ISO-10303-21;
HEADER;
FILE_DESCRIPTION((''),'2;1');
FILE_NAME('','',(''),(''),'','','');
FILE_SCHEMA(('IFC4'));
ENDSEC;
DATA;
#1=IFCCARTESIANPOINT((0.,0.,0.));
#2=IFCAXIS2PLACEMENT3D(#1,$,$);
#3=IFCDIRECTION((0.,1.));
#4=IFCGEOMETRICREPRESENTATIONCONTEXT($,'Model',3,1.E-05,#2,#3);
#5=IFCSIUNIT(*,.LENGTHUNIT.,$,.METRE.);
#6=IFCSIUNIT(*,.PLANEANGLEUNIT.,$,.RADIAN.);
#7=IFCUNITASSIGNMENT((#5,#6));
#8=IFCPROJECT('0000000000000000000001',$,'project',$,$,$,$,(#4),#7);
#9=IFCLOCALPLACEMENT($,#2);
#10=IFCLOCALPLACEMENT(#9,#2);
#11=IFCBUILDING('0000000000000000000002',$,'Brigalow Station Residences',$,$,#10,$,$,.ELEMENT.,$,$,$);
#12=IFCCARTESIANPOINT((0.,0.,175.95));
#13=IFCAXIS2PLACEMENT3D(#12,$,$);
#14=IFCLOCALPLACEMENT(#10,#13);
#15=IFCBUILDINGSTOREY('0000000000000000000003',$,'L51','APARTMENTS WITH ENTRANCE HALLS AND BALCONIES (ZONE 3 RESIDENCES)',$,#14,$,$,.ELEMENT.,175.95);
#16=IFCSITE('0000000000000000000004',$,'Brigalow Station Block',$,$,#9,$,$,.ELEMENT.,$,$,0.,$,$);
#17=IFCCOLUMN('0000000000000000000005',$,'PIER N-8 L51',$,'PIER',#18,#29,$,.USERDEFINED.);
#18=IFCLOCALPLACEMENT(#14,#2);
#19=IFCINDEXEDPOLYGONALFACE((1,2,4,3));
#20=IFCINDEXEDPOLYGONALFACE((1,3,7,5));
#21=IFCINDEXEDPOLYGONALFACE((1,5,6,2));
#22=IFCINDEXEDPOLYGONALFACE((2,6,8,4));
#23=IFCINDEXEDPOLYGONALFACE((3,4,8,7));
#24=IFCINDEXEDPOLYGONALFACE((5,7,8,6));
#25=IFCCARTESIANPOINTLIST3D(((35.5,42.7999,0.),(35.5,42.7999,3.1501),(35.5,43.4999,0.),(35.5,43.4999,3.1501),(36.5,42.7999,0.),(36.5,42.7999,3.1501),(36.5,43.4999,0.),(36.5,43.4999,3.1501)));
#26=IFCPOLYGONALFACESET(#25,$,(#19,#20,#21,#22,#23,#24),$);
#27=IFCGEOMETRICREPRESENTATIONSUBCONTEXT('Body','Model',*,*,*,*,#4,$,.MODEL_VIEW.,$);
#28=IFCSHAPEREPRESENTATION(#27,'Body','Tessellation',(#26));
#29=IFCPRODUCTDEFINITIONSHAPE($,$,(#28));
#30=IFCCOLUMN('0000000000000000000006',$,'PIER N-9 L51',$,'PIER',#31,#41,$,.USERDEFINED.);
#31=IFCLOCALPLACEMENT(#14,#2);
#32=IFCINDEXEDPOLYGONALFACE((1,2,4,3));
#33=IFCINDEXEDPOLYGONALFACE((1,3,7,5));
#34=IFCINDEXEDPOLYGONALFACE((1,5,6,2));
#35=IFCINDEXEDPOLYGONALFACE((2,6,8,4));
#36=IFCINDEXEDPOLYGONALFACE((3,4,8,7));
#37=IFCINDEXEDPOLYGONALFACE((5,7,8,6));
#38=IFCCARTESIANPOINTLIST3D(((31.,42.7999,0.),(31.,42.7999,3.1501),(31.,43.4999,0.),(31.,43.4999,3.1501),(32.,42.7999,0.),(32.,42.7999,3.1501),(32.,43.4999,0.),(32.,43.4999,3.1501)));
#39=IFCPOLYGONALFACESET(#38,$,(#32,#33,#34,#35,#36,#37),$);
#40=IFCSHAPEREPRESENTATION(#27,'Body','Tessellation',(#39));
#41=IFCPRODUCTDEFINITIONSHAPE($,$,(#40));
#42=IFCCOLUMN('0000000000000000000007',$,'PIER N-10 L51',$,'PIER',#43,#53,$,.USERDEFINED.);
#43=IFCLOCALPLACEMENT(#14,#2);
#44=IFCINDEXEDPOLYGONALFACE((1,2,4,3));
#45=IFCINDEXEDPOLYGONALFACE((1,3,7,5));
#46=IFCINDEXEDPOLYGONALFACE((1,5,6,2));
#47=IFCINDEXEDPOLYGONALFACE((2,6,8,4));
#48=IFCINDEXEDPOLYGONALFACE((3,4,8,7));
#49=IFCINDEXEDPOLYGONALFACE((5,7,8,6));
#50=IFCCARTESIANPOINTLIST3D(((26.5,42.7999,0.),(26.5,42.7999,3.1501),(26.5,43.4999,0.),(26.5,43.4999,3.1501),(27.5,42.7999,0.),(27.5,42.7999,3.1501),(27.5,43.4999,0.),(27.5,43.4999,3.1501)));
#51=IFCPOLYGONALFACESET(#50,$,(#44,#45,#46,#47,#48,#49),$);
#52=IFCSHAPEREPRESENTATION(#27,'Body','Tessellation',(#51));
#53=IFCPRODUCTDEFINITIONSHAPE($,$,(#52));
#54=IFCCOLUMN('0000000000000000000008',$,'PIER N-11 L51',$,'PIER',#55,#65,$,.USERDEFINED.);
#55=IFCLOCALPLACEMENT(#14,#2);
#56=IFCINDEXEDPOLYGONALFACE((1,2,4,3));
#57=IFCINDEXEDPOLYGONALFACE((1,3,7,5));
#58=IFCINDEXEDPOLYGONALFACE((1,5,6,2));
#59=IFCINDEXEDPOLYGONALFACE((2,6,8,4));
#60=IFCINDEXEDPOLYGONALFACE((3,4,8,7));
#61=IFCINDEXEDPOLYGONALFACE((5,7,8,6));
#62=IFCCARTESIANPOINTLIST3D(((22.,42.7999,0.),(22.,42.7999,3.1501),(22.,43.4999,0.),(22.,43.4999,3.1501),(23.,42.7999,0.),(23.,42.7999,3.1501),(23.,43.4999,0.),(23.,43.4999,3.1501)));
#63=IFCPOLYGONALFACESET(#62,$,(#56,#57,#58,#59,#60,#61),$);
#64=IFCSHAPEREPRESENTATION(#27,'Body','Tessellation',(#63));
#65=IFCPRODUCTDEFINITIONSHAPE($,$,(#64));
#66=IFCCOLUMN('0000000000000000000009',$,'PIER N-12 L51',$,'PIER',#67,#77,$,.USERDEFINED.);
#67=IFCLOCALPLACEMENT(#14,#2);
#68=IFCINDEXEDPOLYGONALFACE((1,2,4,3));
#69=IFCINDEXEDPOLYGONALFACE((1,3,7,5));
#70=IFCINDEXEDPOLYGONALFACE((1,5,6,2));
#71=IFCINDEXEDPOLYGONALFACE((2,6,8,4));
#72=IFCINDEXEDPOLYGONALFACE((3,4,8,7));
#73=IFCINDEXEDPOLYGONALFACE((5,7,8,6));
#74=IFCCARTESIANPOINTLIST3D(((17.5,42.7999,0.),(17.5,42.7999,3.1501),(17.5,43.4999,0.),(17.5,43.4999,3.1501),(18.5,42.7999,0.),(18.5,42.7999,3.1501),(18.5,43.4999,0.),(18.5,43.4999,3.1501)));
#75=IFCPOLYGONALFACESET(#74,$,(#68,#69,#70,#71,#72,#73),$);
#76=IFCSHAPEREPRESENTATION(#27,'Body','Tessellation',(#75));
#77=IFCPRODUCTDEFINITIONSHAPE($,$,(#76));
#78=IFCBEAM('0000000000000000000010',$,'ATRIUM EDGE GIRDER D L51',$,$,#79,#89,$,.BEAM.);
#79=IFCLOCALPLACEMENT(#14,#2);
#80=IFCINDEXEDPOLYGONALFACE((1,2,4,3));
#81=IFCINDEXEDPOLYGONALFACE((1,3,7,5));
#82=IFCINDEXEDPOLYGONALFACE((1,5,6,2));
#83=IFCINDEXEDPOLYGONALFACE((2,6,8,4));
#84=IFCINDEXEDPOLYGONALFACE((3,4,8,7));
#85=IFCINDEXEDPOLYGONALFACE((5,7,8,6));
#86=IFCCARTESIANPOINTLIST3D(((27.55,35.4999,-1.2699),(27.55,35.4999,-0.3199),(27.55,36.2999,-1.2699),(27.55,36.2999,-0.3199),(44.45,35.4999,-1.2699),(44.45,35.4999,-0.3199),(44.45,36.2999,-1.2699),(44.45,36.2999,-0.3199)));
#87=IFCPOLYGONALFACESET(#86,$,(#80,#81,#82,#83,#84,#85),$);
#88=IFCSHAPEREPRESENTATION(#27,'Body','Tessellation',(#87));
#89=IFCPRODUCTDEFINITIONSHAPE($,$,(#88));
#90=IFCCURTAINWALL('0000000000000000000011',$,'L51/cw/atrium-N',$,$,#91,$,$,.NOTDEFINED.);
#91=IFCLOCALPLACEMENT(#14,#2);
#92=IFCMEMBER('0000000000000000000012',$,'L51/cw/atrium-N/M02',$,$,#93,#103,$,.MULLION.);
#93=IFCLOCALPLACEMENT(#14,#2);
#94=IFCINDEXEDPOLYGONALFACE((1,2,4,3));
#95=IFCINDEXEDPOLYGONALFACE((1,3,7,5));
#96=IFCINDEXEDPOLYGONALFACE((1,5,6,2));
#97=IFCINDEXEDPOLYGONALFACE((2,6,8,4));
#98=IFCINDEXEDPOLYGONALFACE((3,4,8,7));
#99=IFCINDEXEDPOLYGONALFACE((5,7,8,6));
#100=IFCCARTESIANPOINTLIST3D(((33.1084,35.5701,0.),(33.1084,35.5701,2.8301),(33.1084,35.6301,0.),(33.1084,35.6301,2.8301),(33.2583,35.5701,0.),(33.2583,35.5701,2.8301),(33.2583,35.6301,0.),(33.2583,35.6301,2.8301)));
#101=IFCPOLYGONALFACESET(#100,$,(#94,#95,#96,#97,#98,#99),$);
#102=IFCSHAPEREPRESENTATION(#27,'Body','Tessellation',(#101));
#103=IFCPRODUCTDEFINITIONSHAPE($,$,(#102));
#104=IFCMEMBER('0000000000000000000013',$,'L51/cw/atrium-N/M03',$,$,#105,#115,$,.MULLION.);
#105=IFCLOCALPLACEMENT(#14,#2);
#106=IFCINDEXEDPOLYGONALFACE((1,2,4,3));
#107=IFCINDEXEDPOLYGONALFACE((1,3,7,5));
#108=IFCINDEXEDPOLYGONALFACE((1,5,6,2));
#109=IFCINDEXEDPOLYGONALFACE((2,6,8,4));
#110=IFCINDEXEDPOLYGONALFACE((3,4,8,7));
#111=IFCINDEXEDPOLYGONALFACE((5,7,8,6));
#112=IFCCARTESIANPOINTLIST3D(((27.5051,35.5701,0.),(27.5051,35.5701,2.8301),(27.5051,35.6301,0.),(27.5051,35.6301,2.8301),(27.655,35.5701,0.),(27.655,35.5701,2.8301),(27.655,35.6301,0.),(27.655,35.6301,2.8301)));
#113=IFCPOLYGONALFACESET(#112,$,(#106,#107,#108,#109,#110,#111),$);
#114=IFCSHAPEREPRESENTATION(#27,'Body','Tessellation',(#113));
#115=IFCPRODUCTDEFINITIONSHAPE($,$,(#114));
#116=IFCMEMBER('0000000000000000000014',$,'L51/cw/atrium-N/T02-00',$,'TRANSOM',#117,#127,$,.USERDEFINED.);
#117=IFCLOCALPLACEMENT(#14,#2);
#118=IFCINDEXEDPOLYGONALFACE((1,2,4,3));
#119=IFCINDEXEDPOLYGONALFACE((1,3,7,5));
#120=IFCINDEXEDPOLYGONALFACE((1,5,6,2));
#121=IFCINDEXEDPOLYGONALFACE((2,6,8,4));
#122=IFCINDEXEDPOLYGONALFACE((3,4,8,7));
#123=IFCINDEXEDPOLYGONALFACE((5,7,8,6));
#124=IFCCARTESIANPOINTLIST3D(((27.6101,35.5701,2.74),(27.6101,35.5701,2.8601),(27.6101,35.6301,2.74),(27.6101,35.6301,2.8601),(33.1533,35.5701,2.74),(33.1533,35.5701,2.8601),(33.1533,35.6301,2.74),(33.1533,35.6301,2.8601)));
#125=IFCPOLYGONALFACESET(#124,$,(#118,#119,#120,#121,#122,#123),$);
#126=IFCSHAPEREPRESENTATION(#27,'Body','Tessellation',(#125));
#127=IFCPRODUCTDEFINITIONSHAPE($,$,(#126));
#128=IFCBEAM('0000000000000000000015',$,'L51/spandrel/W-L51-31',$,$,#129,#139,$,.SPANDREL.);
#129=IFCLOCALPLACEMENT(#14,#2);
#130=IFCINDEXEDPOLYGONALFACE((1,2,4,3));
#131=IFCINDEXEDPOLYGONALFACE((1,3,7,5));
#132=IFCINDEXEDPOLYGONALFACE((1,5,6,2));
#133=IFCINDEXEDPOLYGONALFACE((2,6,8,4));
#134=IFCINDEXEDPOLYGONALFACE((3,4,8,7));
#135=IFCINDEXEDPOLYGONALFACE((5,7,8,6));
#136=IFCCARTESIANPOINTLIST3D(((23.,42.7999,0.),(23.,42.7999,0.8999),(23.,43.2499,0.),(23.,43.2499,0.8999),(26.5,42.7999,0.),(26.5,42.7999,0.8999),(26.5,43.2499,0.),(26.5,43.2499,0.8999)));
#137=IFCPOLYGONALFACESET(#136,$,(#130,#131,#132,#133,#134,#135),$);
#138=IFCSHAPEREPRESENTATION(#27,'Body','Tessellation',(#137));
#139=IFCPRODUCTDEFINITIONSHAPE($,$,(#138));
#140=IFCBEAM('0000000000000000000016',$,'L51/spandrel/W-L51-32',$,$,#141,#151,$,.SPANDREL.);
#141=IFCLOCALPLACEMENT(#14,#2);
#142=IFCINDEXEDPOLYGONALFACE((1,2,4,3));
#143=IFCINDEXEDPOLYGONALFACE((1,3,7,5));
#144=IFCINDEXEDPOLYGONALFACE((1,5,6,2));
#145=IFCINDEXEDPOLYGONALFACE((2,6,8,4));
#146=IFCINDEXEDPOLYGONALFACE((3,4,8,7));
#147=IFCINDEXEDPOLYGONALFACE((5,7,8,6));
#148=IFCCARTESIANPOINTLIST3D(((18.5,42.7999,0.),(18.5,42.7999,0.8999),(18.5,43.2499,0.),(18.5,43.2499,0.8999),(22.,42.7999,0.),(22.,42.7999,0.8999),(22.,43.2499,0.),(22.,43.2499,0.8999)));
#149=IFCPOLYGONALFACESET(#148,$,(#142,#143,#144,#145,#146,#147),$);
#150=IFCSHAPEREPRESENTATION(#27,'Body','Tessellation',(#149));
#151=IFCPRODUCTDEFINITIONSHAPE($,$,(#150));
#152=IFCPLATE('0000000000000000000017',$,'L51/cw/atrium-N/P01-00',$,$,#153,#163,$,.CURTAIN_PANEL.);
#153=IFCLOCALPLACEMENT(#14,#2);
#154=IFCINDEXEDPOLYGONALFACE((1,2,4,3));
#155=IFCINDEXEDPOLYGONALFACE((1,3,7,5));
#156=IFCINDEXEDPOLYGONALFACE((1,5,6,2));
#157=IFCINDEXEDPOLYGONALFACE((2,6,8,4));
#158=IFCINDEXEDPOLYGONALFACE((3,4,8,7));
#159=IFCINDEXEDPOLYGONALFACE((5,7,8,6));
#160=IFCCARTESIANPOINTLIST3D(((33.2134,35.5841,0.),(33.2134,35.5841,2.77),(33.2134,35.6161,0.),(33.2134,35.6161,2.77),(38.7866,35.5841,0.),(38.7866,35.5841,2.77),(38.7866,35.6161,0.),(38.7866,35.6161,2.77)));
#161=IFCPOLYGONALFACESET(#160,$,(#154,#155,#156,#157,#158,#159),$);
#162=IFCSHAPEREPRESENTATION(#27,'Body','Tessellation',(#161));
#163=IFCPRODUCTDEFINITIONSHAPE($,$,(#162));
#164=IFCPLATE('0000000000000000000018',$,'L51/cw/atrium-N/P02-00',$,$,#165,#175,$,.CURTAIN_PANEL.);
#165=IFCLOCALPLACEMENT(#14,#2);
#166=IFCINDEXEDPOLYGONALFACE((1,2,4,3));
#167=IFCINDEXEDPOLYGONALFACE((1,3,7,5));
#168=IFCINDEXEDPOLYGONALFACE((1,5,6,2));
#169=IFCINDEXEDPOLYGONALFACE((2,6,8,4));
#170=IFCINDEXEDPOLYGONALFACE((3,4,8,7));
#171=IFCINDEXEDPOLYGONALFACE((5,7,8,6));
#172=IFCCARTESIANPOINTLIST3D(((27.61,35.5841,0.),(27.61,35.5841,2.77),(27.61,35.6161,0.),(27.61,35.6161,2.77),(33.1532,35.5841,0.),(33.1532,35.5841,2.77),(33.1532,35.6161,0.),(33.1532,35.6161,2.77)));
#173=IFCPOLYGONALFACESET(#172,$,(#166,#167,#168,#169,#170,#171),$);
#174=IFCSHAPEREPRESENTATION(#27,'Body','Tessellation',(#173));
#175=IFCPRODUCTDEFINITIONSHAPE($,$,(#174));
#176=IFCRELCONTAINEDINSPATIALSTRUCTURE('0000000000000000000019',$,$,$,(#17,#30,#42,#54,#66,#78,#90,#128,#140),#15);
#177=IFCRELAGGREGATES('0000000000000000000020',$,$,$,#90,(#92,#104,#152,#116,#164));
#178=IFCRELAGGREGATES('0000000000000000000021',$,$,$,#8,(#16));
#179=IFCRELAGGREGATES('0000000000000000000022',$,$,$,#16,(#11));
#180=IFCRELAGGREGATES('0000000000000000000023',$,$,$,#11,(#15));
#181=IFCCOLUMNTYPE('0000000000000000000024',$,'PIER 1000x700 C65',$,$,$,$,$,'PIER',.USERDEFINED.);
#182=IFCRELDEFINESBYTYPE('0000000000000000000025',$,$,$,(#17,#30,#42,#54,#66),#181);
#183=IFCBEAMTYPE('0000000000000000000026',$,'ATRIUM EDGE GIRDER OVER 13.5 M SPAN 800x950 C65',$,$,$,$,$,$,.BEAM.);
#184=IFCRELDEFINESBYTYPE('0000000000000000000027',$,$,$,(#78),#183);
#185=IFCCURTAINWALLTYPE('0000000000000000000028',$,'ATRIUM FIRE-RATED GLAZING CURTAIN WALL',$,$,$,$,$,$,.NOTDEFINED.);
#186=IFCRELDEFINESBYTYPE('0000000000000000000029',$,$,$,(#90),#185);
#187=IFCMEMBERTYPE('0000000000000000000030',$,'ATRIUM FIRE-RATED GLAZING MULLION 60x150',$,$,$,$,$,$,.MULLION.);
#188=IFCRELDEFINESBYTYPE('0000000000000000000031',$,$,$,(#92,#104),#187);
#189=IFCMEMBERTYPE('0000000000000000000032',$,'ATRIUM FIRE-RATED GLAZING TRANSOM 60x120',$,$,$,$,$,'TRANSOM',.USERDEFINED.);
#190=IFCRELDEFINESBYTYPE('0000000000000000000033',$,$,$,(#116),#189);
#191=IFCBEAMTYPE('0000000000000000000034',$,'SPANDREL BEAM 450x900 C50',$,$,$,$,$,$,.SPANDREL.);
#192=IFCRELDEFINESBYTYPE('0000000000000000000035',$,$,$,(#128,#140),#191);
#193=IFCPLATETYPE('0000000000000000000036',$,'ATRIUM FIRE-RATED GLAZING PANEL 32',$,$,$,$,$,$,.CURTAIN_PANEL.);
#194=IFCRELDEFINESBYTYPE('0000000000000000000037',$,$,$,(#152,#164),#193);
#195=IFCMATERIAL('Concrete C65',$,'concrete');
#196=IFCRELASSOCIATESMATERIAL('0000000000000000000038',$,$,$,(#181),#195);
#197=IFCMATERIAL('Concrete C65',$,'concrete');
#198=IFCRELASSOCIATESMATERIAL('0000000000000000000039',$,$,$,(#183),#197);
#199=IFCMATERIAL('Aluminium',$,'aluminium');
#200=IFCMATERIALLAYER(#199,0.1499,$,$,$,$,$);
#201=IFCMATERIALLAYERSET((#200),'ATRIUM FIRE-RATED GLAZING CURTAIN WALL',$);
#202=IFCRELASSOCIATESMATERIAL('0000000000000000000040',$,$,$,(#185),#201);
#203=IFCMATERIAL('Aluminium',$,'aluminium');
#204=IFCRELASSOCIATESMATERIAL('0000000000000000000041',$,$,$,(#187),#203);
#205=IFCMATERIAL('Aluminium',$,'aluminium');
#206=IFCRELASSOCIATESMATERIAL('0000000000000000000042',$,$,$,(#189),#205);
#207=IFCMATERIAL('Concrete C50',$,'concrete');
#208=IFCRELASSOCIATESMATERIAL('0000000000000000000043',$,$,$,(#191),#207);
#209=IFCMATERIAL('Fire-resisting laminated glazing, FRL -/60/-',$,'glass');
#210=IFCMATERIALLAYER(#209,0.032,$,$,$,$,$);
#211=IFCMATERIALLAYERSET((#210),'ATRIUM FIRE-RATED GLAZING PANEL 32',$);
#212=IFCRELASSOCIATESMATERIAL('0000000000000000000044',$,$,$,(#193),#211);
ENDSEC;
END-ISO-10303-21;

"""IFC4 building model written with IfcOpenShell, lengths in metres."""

from ifc_helpers import new_model, si_unit, direction, frame, origin, origin_2d, place, context, subcontext, project, spatial, rectangle, extrude, material, layer, layer_set, material_profile, profile_set, type_object, element, aggregate, save


model = new_model("IFC4")

# Units and contexts
model_context = context("Model", 3, precision=1e-05, world=origin(), true_north=direction((0.0, 1.0)))
body_context = subcontext(model_context, "Body", "Model", "MODEL_VIEW")
ifc_project = project(units=[si_unit("LENGTHUNIT", "METRE"), si_unit("PLANEANGLEUNIT", "RADIAN")], contexts=[model_context])

# Site, building, storey
site_placement = place(None, origin())
site = spatial("IfcSite", under=ifc_project, at=site_placement, Name="Brigalow Station Block", CompositionType="ELEMENT", RefElevation=0.0)
building_placement = place(site_placement, origin())
building = spatial("IfcBuilding", under=site, at=building_placement, Name="Brigalow Station Residences", CompositionType="ELEMENT")
storey_placement = place(building_placement, frame((0.0, 0.0, 175.95)))
storey = spatial("IfcBuildingStorey", under=building, at=storey_placement, Name="L51", Description="APARTMENTS WITH ENTRANCE HALLS AND BALCONIES (ZONE 3 RESIDENCES)", CompositionType="ELEMENT", Elevation=175.95)

# Columns
ifc_material_1 = material(Name="Concrete C65", Category="concrete")
ifc_material_profile_1 = material_profile(ifc_material_1, rectangle(XDim=1.0, YDim=0.7, at=origin_2d()), Name="RC1000x700")
ifc_profile_set_1 = profile_set([ifc_material_profile_1], Name="Concrete C65")
column_type = type_object("IfcColumnType", Name="PIER 1000x700 C65", ElementType="PIER", PredefinedType="USERDEFINED", material=ifc_profile_set_1)
for number, where, z_axis, x_axis, name in (
    (1, (36.0, 43.1499, 0.0), (0.0, 0.0, 1.0), (-1.0, 0.0, 0.0), "PIER N-8 L51"),
    (2, (31.5, 43.1499, 0.0), (0.0, 0.0, 1.0), (-1.0, 0.0, 0.0), "PIER N-9 L51"),
    (3, (27.0, 43.1499, 0.0), (0.0, 0.0, 1.0), (-1.0, 0.0, 0.0), "PIER N-10 L51"),
    (4, (22.5, 43.1499, 0.0), (0.0, 0.0, 1.0), (-1.0, 0.0, 0.0), "PIER N-11 L51"),
    (5, (18.0, 43.1499, 0.0), (0.0, 0.0, 1.0), (-1.0, 0.0, 0.0), "PIER N-12 L51"),
):
    element("IfcColumn", number, at=place(storey_placement, frame(where, z_axis=z_axis, x_axis=x_axis)), inside=storey, type_object=column_type, Name=name, ObjectType="PIER", PredefinedType="USERDEFINED", context=body_context, shape_type="SweptSolid", body=[
        extrude(rectangle(XDim=1.0, YDim=0.7, at=origin_2d()), origin(), (0.0, 0.0, 1.0), 3.1501),
    ])

# Beam
ifc_material_2 = material(Name="Concrete C65", Category="concrete")
ifc_material_profile_2 = material_profile(ifc_material_2, rectangle(XDim=0.8, YDim=0.95, at=origin_2d()), Name="RC800x950")
ifc_profile_set_2 = profile_set([ifc_material_profile_2], Name="Concrete C65")
beam_type_1 = type_object("IfcBeamType", Name="ATRIUM EDGE GIRDER OVER 13.5 M SPAN 800x950 C65", PredefinedType="BEAM", material=ifc_profile_set_2)
beam_placement = place(storey_placement, frame((27.55, 35.8999, -0.7949), z_axis=(1.0, 0.0, 0.0), x_axis=(0.0, 1.0, 0.0)))
element("IfcBeam", 6, at=beam_placement, inside=storey, type_object=beam_type_1, Name="ATRIUM EDGE GIRDER D L51", PredefinedType="BEAM", context=body_context, shape_type="SweptSolid", body=[
    extrude(rectangle(XDim=0.8, YDim=0.95, at=origin_2d()), origin(), (0.0, 0.0, 1.0), 16.8999),
])

# Curtain wall, members
ifc_material_3 = material(Name="Aluminium", Category="aluminium")
ifc_layer_1 = layer(ifc_material_3, 0.1499)
ifc_layer_set_1 = layer_set([ifc_layer_1], Name="ATRIUM FIRE-RATED GLAZING CURTAIN WALL")
curtain_wall_type = type_object("IfcCurtainWallType", Name="ATRIUM FIRE-RATED GLAZING CURTAIN WALL", PredefinedType="NOTDEFINED", material=ifc_layer_set_1)
curtain_wall_placement = place(storey_placement, origin())
curtain_wall = element("IfcCurtainWall", 7, at=curtain_wall_placement, inside=storey, type_object=curtain_wall_type, Name="L51/cw/atrium-N", PredefinedType="NOTDEFINED")
ifc_material_4 = material(Name="Aluminium", Category="aluminium")
ifc_material_profile_3 = material_profile(ifc_material_4, rectangle(XDim=0.0601, YDim=0.1499, at=origin_2d()), Name="ATRIUM FIRE-RATED GLAZING MULLION 60x150")
ifc_profile_set_3 = profile_set([ifc_material_profile_3], Name="Aluminium")
member_type_1 = type_object("IfcMemberType", Name="ATRIUM FIRE-RATED GLAZING MULLION 60x150", PredefinedType="MULLION", material=ifc_profile_set_3)
member_1_placement = place(storey_placement, frame((33.1833, 35.6001, 0.0), z_axis=(0.0, 0.0, 1.0), x_axis=(0.0, -1.0, 0.0)))
member_1 = element("IfcMember", 8, at=member_1_placement, type_object=member_type_1, Name="L51/cw/atrium-N/M02", PredefinedType="MULLION", context=body_context, shape_type="SweptSolid", body=[
    extrude(rectangle(XDim=0.0601, YDim=0.1499, at=origin_2d()), origin(), (0.0, 0.0, 1.0), 2.8301),
])
member_2_placement = place(storey_placement, frame((27.5801, 35.6001, 0.0), z_axis=(0.0, 0.0, 1.0), x_axis=(0.0, -1.0, 0.0)))
member_2 = element("IfcMember", 9, at=member_2_placement, type_object=member_type_1, Name="L51/cw/atrium-N/M03", PredefinedType="MULLION", context=body_context, shape_type="SweptSolid", body=[
    extrude(rectangle(XDim=0.0601, YDim=0.1499, at=origin_2d()), origin(), (0.0, 0.0, 1.0), 2.8301),
])
ifc_material_5 = material(Name="Aluminium", Category="aluminium")
ifc_material_profile_4 = material_profile(ifc_material_5, rectangle(XDim=0.0601, YDim=0.1201, at=origin_2d()), Name="ATRIUM FIRE-RATED GLAZING TRANSOM 60x120")
ifc_profile_set_4 = profile_set([ifc_material_profile_4], Name="Aluminium")
member_type_2 = type_object("IfcMemberType", Name="ATRIUM FIRE-RATED GLAZING TRANSOM 60x120", ElementType="TRANSOM", PredefinedType="USERDEFINED", material=ifc_profile_set_4)
member_3_placement = place(storey_placement, frame((33.1533, 35.6001, 2.8), z_axis=(-1.0, 0.0, 0.0), x_axis=(0.0, -1.0, 0.0)))
member_3 = element("IfcMember", 10, at=member_3_placement, type_object=member_type_2, Name="L51/cw/atrium-N/T02-00", ObjectType="TRANSOM", PredefinedType="USERDEFINED", context=body_context, shape_type="SweptSolid", body=[
    extrude(rectangle(XDim=0.0601, YDim=0.1201, at=origin_2d()), origin(), (0.0, 0.0, 1.0), 5.5432),
])

# Beams
ifc_material_6 = material(Name="Concrete C50", Category="concrete")
ifc_material_profile_5 = material_profile(ifc_material_6, rectangle(XDim=0.45, YDim=0.8999, at=origin_2d()), Name="RC450x900")
ifc_profile_set_5 = profile_set([ifc_material_profile_5], Name="Concrete C50")
beam_type_2 = type_object("IfcBeamType", Name="SPANDREL BEAM 450x900 C50", PredefinedType="SPANDREL", material=ifc_profile_set_5)
for number, where, z_axis, x_axis, name in (
    (11, (26.5, 43.0249, 0.45), (-1.0, 0.0, 0.0), (0.0, -1.0, 0.0), "L51/spandrel/W-L51-31"),
    (12, (22.0, 43.0249, 0.45), (-1.0, 0.0, 0.0), (0.0, -1.0, 0.0), "L51/spandrel/W-L51-32"),
):
    element("IfcBeam", number, at=place(storey_placement, frame(where, z_axis=z_axis, x_axis=x_axis)), inside=storey, type_object=beam_type_2, Name=name, PredefinedType="SPANDREL", context=body_context, shape_type="SweptSolid", body=[
        extrude(rectangle(XDim=0.45, YDim=0.8999, at=origin_2d()), origin(), (0.0, 0.0, 1.0), 3.5),
    ])

# Plates
ifc_material_7 = material(Name="Fire-resisting laminated glazing, FRL -/60/-", Category="glass")
ifc_layer_2 = layer(ifc_material_7, 0.032)
ifc_layer_set_2 = layer_set([ifc_layer_2], Name="ATRIUM FIRE-RATED GLAZING PANEL 32")
plate_type = type_object("IfcPlateType", Name="ATRIUM FIRE-RATED GLAZING PANEL 32", PredefinedType="CURTAIN_PANEL", material=ifc_layer_set_2)
plate_1_placement = place(storey_placement, frame((36.0, 35.6001, 0.0), z_axis=(0.0, 0.0, 1.0), x_axis=(-1.0, 0.0, 0.0)))
plate_1 = element("IfcPlate", 13, at=plate_1_placement, type_object=plate_type, Name="L51/cw/atrium-N/P01-00", PredefinedType="CURTAIN_PANEL", context=body_context, shape_type="SweptSolid", body=[
    extrude(rectangle(XDim=5.5732, YDim=0.032, at=origin_2d()), origin(), (0.0, 0.0, 1.0), 2.77),
])
plate_2_placement = place(storey_placement, frame((30.3816, 35.6001, 0.0), z_axis=(0.0, 0.0, 1.0), x_axis=(-1.0, 0.0, 0.0)))
plate_2 = element("IfcPlate", 14, at=plate_2_placement, type_object=plate_type, Name="L51/cw/atrium-N/P02-00", PredefinedType="CURTAIN_PANEL", context=body_context, shape_type="SweptSolid", body=[
    extrude(rectangle(XDim=5.5432, YDim=0.032, at=origin_2d()), origin(), (0.0, 0.0, 1.0), 2.77),
])
aggregate(curtain_wall, [member_1, member_2, plate_1, member_3, plate_2])

save(model, "model.ifc")
